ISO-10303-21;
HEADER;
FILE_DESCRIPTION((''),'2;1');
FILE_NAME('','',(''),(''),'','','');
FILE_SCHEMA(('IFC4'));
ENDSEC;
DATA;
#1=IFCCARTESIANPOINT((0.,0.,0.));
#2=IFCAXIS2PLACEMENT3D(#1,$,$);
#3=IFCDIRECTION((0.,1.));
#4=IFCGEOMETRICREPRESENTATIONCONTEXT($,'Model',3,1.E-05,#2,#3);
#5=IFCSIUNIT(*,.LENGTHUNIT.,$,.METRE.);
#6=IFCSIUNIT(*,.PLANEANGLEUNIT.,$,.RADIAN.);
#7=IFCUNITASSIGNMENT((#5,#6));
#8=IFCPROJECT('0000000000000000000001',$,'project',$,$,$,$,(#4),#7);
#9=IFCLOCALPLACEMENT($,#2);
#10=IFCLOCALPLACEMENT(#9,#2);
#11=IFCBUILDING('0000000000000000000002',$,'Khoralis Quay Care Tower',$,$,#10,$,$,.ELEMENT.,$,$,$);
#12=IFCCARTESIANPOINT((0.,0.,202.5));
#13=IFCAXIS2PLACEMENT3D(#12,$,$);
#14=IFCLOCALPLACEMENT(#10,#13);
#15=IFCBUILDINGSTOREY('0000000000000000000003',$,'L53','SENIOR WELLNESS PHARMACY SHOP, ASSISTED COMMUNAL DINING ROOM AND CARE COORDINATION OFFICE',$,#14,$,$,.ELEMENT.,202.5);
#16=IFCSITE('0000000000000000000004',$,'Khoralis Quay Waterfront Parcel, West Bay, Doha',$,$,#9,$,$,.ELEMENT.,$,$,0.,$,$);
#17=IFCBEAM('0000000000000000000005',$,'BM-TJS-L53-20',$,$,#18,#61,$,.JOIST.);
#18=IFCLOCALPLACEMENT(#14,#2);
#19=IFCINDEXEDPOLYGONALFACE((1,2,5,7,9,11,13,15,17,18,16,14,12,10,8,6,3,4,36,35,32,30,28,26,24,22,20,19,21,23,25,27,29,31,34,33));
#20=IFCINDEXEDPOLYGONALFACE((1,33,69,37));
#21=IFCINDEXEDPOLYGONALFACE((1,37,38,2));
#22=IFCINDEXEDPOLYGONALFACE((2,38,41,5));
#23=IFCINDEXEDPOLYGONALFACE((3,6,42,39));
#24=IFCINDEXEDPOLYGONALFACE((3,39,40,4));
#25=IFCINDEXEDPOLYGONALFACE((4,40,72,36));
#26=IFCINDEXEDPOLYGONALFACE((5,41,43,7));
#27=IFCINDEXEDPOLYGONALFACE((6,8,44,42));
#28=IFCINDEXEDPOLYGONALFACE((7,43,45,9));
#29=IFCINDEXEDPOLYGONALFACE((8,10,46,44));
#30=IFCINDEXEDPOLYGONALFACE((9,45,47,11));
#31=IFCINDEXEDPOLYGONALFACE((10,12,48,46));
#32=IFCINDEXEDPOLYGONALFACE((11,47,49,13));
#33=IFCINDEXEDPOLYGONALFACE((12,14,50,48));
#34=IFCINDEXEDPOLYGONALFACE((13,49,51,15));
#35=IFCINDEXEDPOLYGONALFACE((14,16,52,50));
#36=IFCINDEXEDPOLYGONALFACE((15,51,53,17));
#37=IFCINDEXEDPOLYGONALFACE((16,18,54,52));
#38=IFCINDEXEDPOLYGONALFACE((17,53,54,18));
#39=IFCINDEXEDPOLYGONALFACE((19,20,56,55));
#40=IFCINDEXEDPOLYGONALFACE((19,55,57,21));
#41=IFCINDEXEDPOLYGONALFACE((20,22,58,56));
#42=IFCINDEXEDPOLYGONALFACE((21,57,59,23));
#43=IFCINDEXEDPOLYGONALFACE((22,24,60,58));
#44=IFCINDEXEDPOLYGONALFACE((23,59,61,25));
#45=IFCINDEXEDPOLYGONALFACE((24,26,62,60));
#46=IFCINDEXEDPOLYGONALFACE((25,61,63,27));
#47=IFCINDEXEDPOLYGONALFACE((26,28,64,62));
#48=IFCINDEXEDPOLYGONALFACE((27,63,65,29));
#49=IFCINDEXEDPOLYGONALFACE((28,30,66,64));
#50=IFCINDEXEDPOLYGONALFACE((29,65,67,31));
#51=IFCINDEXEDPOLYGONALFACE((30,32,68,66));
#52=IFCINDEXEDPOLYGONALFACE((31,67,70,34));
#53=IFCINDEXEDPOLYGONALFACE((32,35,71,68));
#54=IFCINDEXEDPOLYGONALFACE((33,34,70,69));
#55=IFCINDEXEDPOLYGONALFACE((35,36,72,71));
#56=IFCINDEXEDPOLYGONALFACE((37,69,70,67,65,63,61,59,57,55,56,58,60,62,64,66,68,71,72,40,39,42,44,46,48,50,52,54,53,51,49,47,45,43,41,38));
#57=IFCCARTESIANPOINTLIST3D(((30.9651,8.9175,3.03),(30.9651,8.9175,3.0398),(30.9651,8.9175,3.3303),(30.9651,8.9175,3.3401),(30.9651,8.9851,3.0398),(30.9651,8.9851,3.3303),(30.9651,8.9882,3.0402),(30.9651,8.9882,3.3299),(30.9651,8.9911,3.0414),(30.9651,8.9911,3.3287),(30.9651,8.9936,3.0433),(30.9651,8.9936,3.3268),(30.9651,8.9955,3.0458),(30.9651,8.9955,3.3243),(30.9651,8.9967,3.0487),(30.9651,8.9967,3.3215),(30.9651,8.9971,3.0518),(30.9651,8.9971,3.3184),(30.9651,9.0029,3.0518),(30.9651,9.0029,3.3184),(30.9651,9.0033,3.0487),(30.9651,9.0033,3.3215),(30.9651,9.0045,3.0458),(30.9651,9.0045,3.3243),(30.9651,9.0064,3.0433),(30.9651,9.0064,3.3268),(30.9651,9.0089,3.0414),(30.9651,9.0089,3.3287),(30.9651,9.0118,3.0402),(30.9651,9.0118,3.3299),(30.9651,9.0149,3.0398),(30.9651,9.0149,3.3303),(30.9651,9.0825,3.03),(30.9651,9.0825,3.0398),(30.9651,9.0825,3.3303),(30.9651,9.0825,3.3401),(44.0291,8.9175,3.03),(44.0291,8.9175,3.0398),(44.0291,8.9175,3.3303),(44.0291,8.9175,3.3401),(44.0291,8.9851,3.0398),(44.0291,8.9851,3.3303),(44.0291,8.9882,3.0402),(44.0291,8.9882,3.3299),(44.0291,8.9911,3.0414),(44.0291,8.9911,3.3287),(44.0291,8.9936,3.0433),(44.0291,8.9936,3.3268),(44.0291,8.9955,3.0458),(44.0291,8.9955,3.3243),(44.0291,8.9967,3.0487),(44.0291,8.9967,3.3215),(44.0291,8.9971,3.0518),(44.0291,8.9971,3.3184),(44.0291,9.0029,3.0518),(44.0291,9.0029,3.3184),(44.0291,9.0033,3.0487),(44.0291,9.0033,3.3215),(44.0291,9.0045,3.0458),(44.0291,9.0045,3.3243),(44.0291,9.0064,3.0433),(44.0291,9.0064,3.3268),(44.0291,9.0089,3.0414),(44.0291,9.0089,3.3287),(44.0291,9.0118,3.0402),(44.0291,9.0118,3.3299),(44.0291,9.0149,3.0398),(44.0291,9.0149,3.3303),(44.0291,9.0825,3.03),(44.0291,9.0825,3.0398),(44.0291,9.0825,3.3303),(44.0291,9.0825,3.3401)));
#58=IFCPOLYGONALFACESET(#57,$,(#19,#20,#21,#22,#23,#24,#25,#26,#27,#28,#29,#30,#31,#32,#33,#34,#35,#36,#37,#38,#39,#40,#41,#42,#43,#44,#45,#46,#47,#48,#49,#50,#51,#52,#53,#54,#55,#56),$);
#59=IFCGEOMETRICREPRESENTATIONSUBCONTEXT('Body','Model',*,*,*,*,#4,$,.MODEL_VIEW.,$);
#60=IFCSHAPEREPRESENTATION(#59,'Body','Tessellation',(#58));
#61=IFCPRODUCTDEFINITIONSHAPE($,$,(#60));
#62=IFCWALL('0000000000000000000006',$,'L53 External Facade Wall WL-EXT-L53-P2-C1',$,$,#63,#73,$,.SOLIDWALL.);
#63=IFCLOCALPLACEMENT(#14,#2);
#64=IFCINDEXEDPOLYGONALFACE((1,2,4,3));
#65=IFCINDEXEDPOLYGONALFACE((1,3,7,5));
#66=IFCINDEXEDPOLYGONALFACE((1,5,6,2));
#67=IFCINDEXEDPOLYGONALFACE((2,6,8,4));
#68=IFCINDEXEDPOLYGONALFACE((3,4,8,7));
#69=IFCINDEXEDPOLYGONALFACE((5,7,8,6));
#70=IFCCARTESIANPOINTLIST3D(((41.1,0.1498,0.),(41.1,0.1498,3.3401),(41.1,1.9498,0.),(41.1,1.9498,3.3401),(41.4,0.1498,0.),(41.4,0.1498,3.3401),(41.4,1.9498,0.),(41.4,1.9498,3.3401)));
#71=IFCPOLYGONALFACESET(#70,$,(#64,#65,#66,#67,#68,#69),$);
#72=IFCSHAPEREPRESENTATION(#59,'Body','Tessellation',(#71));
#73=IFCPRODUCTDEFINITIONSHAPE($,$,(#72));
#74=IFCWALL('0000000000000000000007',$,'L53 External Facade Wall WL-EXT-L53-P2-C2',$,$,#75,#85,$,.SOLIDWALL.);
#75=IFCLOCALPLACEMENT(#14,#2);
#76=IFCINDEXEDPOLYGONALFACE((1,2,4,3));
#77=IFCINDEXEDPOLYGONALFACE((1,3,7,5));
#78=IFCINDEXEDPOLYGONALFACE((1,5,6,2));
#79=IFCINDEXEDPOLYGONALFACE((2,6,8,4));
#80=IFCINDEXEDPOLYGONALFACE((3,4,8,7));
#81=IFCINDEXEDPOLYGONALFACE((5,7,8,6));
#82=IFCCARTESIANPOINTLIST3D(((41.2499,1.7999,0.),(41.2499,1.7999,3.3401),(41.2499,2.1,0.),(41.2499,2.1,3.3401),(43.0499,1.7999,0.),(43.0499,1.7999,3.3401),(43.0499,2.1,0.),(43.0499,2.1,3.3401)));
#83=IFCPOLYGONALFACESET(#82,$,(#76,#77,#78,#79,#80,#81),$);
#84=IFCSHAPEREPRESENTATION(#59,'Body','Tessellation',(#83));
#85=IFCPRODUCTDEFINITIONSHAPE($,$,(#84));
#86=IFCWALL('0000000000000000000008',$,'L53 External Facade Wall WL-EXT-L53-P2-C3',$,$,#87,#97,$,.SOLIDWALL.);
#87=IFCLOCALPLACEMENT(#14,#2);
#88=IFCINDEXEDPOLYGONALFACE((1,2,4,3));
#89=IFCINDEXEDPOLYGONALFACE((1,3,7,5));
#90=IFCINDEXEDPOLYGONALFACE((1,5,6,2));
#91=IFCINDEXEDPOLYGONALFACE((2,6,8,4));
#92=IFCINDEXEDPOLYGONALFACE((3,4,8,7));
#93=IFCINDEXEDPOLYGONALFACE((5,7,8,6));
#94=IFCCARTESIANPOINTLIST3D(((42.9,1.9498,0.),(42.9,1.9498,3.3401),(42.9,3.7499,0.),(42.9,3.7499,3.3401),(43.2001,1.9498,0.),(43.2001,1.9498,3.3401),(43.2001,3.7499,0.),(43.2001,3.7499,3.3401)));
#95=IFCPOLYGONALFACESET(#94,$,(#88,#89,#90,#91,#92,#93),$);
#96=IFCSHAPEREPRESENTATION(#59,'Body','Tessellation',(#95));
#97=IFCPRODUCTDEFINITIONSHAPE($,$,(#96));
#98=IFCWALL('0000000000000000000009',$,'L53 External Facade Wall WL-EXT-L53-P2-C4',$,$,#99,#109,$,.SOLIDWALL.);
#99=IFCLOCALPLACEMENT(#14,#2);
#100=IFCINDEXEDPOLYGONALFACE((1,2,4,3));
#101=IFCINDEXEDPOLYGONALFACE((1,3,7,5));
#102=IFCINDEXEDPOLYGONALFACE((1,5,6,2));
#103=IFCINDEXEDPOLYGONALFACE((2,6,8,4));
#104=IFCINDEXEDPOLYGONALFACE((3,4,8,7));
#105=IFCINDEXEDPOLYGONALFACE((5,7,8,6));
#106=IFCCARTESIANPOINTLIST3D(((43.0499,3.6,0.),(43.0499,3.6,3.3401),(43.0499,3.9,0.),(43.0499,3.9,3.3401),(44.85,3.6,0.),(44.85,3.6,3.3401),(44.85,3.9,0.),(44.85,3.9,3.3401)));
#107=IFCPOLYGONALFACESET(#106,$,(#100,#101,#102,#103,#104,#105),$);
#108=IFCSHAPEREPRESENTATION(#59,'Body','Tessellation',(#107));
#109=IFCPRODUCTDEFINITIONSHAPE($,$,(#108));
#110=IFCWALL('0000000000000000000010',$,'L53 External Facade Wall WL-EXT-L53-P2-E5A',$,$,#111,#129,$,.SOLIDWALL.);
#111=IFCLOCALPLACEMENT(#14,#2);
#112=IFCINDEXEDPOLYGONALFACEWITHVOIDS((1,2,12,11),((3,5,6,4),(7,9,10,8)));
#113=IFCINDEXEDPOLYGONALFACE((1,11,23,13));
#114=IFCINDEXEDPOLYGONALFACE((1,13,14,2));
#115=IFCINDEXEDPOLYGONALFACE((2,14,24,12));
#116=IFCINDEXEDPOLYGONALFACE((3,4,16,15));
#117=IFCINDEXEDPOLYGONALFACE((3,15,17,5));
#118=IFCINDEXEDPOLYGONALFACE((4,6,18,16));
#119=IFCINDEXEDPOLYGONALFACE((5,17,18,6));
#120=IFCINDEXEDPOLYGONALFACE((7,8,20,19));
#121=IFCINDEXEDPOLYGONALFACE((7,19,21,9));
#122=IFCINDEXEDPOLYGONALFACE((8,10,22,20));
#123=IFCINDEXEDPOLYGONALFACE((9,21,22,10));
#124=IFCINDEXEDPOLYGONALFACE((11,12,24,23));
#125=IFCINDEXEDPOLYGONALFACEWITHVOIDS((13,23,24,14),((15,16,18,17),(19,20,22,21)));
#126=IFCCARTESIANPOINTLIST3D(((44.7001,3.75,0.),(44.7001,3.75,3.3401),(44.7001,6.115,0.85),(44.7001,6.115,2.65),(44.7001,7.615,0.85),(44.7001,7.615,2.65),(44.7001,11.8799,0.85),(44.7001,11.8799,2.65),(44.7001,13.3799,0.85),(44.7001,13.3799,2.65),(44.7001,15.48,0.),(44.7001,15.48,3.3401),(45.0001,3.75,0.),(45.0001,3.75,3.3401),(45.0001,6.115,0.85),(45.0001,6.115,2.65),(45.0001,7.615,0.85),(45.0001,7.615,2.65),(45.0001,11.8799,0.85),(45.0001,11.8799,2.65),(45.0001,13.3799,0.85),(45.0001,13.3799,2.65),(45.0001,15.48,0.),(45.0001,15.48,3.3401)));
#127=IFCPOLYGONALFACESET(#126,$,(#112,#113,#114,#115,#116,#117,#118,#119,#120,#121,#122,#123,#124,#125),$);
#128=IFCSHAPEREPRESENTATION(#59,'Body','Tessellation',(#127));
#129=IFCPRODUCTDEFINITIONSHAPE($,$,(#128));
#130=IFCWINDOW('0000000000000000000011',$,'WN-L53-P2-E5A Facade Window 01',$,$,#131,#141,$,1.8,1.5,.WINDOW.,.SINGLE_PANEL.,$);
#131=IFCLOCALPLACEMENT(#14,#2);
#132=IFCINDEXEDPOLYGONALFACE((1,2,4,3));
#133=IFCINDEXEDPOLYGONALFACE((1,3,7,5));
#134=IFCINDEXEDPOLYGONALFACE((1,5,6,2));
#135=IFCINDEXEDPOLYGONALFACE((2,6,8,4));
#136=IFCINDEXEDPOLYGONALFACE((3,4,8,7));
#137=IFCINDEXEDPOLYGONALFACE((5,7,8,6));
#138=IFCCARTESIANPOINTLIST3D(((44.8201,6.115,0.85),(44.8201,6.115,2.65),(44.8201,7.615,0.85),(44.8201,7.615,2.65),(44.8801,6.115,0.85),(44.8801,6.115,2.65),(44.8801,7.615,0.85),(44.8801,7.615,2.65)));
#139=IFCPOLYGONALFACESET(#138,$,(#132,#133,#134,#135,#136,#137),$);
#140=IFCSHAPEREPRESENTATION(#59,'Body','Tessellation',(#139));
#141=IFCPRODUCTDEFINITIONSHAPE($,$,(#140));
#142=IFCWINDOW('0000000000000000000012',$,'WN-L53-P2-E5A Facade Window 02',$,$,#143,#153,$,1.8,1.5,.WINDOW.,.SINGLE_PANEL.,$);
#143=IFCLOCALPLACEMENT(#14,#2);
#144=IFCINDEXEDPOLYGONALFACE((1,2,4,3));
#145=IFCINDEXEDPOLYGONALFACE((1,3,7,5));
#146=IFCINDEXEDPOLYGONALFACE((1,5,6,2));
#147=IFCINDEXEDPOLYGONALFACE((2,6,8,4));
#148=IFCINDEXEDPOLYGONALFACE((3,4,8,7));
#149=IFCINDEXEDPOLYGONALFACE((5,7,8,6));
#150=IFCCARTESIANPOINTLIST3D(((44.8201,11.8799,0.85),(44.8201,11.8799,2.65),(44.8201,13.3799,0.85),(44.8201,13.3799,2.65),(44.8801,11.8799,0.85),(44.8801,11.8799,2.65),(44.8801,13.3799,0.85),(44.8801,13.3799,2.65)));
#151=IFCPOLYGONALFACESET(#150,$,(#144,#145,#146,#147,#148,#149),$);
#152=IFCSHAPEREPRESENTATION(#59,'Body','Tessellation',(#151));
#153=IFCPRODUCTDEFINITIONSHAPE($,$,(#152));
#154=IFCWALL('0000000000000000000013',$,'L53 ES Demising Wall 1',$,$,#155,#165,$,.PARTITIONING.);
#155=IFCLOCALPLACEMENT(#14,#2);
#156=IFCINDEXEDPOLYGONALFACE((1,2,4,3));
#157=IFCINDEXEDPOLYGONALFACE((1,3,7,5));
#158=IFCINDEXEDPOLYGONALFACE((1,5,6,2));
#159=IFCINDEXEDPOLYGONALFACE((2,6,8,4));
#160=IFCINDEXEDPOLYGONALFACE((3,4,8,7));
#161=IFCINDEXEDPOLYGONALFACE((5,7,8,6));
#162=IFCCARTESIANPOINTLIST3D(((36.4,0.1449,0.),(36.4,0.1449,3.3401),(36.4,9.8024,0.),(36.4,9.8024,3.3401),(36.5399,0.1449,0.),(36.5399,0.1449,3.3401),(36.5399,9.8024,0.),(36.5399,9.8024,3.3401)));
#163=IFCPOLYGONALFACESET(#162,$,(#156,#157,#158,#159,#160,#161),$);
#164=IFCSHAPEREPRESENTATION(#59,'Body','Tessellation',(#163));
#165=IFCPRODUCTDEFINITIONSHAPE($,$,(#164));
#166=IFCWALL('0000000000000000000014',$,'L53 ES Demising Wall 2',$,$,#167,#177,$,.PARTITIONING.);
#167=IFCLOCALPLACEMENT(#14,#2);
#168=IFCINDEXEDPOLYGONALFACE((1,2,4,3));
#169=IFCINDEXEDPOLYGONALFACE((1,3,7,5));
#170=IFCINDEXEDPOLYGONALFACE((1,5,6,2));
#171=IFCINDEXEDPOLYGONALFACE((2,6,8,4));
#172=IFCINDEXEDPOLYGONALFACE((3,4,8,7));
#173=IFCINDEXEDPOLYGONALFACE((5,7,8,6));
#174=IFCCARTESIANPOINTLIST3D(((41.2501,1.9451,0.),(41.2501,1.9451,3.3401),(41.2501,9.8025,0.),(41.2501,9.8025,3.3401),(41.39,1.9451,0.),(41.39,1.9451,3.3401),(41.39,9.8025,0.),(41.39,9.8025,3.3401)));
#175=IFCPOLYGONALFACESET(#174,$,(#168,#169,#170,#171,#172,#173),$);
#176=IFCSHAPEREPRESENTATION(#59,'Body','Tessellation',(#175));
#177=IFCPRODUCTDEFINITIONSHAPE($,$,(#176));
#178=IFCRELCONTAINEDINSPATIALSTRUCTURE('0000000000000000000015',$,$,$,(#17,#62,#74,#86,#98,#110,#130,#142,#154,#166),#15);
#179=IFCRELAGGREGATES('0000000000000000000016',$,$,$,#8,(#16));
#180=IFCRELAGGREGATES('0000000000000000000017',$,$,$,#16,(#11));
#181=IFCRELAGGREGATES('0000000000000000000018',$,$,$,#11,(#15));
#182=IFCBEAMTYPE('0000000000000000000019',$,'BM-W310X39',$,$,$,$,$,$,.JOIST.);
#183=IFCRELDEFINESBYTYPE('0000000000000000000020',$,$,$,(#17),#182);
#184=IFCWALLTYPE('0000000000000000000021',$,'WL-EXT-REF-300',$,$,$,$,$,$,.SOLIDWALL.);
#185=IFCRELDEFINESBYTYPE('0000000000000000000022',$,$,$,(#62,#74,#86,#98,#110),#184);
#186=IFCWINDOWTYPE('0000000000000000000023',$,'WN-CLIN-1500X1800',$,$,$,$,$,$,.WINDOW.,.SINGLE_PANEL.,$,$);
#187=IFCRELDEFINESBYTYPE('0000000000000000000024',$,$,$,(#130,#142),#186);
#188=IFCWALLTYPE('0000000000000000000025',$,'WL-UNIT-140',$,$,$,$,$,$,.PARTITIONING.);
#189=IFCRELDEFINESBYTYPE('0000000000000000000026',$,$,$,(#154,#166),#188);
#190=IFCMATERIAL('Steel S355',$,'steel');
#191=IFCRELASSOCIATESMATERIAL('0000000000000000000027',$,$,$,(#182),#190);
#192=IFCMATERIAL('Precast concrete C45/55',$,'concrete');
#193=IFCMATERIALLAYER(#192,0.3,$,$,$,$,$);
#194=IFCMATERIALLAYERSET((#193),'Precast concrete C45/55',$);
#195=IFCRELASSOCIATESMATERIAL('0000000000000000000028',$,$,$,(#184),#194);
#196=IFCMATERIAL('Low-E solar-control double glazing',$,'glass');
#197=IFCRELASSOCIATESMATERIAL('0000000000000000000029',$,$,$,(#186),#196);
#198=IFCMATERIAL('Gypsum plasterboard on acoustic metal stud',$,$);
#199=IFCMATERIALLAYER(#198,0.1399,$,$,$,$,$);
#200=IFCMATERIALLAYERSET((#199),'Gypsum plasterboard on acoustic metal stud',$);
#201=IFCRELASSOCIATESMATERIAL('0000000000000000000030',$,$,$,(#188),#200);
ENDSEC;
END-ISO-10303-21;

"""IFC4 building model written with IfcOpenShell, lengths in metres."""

from ifc_helpers import new_model, si_unit, direction, frame, frame_2d, origin, origin_2d, place, context, subcontext, project, spatial, rectangle, i_section, extrude, source, transform, mapped, material, layer, layer_set, material_profile, profile_set, type_object, element, fill, save


model = new_model("IFC4")

# Units and contexts
model_context = context("Model", 3, precision=1e-05, world=origin(), true_north=direction((0.0, 1.0)))
body_context = subcontext(model_context, "Body", "Model", "MODEL_VIEW")
ifc_project = project(units=[si_unit("LENGTHUNIT", "METRE"), si_unit("PLANEANGLEUNIT", "RADIAN")], contexts=[model_context])

# Site, building, storey
site_placement = place(None, origin())
site = spatial("IfcSite", under=ifc_project, at=site_placement, Name="Khoralis Quay Waterfront Parcel, West Bay, Doha", CompositionType="ELEMENT", RefElevation=0.0)
building_placement = place(site_placement, origin())
building = spatial("IfcBuilding", under=site, at=building_placement, Name="Khoralis Quay Care Tower", CompositionType="ELEMENT")
storey_placement = place(building_placement, frame((0.0, 0.0, 202.5)))
storey = spatial("IfcBuildingStorey", under=building, at=storey_placement, Name="L53", Description="SENIOR WELLNESS PHARMACY SHOP, ASSISTED COMMUNAL DINING ROOM AND CARE COORDINATION OFFICE", CompositionType="ELEMENT", Elevation=202.5)

# Beam
ifc_material_1 = material(Name="Steel S355", Category="steel")
ifc_material_profile_1 = material_profile(ifc_material_1, i_section(OverallWidth=0.165, OverallDepth=0.3101, WebThickness=0.0059, FlangeThickness=0.0098, FilletRadius=0.012, at=origin_2d()), Name="Steel S355")
ifc_profile_set_1 = profile_set([ifc_material_profile_1], Name="Steel S355")
beam_type_1 = type_object("IfcBeamType", Name="BM-W310X39", PredefinedType="JOIST", material=ifc_profile_set_1)
shared_shape_1 = source(origin(), body_context, "Body", "SweptSolid", [
    extrude(i_section(OverallWidth=0.165, OverallDepth=0.3101, WebThickness=0.0059, FlangeThickness=0.0098, FilletRadius=0.012, at=origin_2d()), origin(), (0.0, 0.0, 1.0), 13.064),
])
beam_1_placement = place(storey_placement, frame((30.9651, 9.0, 3.1851), z_axis=(1.0, 0.0, 0.0), x_axis=(0.0, 1.0, 0.0)))
element("IfcBeam", 1, at=beam_1_placement, inside=storey, type_object=beam_type_1, Name="BM-TJS-L53-20", PredefinedType="JOIST", context=body_context, shape_type="MappedRepresentation", body=[
    mapped(shared_shape_1, transform((0.0, 0.0, 0.0), scale=1.0)),
])

# Walls
ifc_material_2 = material(Name="Precast concrete C45/55", Category="concrete")
ifc_layer_1 = layer(ifc_material_2, 0.3)
ifc_layer_set_1 = layer_set([ifc_layer_1], Name="Precast concrete C45/55")
wall_type_1 = type_object("IfcWallType", Name="WL-EXT-REF-300", PredefinedType="SOLIDWALL", material=ifc_layer_set_1)
for number, where, z_axis, x_axis, name in (
    (2, (41.25, 0.1499, 0.0), (0.0, 0.0, 1.0), (0.0, 1.0, 0.0), "L53 External Facade Wall WL-EXT-L53-P2-C1"),
    (3, (41.25, 1.95, 0.0), (0.0, 0.0, 1.0), (1.0, 0.0, 0.0), "L53 External Facade Wall WL-EXT-L53-P2-C2"),
    (4, (43.05, 1.95, 0.0), (0.0, 0.0, 1.0), (0.0, 1.0, 0.0), "L53 External Facade Wall WL-EXT-L53-P2-C3"),
    (5, (43.05, 3.75, 0.0), (0.0, 0.0, 1.0), (1.0, 0.0, 0.0), "L53 External Facade Wall WL-EXT-L53-P2-C4"),
):
    element("IfcWall", number, at=place(storey_placement, frame(where, z_axis=z_axis, x_axis=x_axis)), inside=storey, type_object=wall_type_1, Name=name, PredefinedType="SOLIDWALL", context=body_context, shape_type="SweptSolid", body=[
        extrude(rectangle(XDim=1.8, YDim=0.3, at=frame_2d((0.8999, 0.0))), origin(), (0.0, 0.0, 1.0), 3.3401),
    ])

# Wall, openings, windows
wall_1_placement = place(storey_placement, frame((44.8501, 3.75, 0.0), z_axis=(0.0, 0.0, 1.0), x_axis=(0.0, 1.0, 0.0)))
wall_1 = element("IfcWall", 6, at=wall_1_placement, inside=storey, type_object=wall_type_1, Name="L53 External Facade Wall WL-EXT-L53-P2-E5A", PredefinedType="SOLIDWALL", context=body_context, shape_type="SweptSolid", body=[
    extrude(rectangle(XDim=11.73, YDim=0.3, at=frame_2d((5.865, 0.0))), origin(), (0.0, 0.0, 1.0), 3.3401),
])
opening_1_placement = place(wall_1_placement, frame((2.365, 0.0, 0.8501)))
opening_1 = element("IfcOpeningElement", 7, at=opening_1_placement, cuts=wall_1, PredefinedType="OPENING", context=body_context, shape_type="SweptSolid", body=[
    extrude(rectangle(XDim=1.5, YDim=1.8, at=frame_2d((0.75, 0.8999))), frame((0.0, 0.1602, 0.0), z_axis=(0.0, -1.0, 0.0), x_axis=(1.0, 0.0, 0.0)), (0.0, 0.0, 1.0), 0.3201),
])
opening_2_placement = place(wall_1_placement, frame((8.1299, 0.0, 0.8501)))
opening_2 = element("IfcOpeningElement", 8, at=opening_2_placement, cuts=wall_1, PredefinedType="OPENING", context=body_context, shape_type="SweptSolid", body=[
    extrude(rectangle(XDim=1.5, YDim=1.8, at=frame_2d((0.75, 0.8999))), frame((0.0, 0.1602, 0.0), z_axis=(0.0, -1.0, 0.0), x_axis=(1.0, 0.0, 0.0)), (0.0, 0.0, 1.0), 0.3201),
])
ifc_material_3 = material(Name="Low-E solar-control double glazing", Category="glass")
window_type = type_object("IfcWindowType", Name="WN-CLIN-1500X1800", PartitioningType="SINGLE_PANEL", PredefinedType="WINDOW", material=ifc_material_3)
shared_shape_2 = source(origin(), body_context, "Body", "SweptSolid", [
    extrude(rectangle(XDim=1.5, YDim=1.8, at=frame_2d((0.75, 0.8999))), frame((0.0, 0.03, 0.0), z_axis=(0.0, -1.0, 0.0), x_axis=(1.0, 0.0, 0.0)), (0.0, 0.0, 1.0), 0.0601),
])
window_1_placement = place(opening_1_placement, origin())
window_1 = element("IfcWindow", 9, at=window_1_placement, inside=storey, type_object=window_type, Name="WN-L53-P2-E5A Facade Window 01", OverallHeight=1.8, OverallWidth=1.5, PartitioningType="SINGLE_PANEL", PredefinedType="WINDOW", context=body_context, shape_type="MappedRepresentation", body=[
    mapped(shared_shape_2, transform((0.0, 0.0, 0.0), scale=1.0)),
])
fill(opening_1, window_1)
window_2_placement = place(opening_2_placement, origin())
window_2 = element("IfcWindow", 10, at=window_2_placement, inside=storey, type_object=window_type, Name="WN-L53-P2-E5A Facade Window 02", OverallHeight=1.8, OverallWidth=1.5, PartitioningType="SINGLE_PANEL", PredefinedType="WINDOW", context=body_context, shape_type="MappedRepresentation", body=[
    mapped(shared_shape_2, transform((0.0, 0.0, 0.0), scale=1.0)),
])
fill(opening_2, window_2)

# Walls
ifc_material_4 = material(Name="Gypsum plasterboard on acoustic metal stud")
ifc_layer_2 = layer(ifc_material_4, 0.1399)
ifc_layer_set_2 = layer_set([ifc_layer_2], Name="Gypsum plasterboard on acoustic metal stud")
wall_type_2 = type_object("IfcWallType", Name="WL-UNIT-140", PredefinedType="PARTITIONING", material=ifc_layer_set_2)
wall_2_placement = place(storey_placement, frame((36.47, 0.145, 0.0), z_axis=(0.0, 0.0, 1.0), x_axis=(0.0, 1.0, 0.0)))
element("IfcWall", 11, at=wall_2_placement, inside=storey, type_object=wall_type_2, Name="L53 ES Demising Wall 1", PredefinedType="PARTITIONING", context=body_context, shape_type="SweptSolid", body=[
    extrude(rectangle(XDim=9.6575, YDim=0.1399, at=frame_2d((4.8286, 0.0))), origin(), (0.0, 0.0, 1.0), 3.3401),
])
wall_3_placement = place(storey_placement, frame((41.3201, 1.9451, 0.0), z_axis=(0.0, 0.0, 1.0), x_axis=(0.0, 1.0, 0.0)))
element("IfcWall", 12, at=wall_3_placement, inside=storey, type_object=wall_type_2, Name="L53 ES Demising Wall 2", PredefinedType="PARTITIONING", context=body_context, shape_type="SweptSolid", body=[
    extrude(rectangle(XDim=7.8574, YDim=0.1399, at=frame_2d((3.9287, 0.0))), origin(), (0.0, 0.0, 1.0), 3.3401),
])

save(model, "model.ifc")
